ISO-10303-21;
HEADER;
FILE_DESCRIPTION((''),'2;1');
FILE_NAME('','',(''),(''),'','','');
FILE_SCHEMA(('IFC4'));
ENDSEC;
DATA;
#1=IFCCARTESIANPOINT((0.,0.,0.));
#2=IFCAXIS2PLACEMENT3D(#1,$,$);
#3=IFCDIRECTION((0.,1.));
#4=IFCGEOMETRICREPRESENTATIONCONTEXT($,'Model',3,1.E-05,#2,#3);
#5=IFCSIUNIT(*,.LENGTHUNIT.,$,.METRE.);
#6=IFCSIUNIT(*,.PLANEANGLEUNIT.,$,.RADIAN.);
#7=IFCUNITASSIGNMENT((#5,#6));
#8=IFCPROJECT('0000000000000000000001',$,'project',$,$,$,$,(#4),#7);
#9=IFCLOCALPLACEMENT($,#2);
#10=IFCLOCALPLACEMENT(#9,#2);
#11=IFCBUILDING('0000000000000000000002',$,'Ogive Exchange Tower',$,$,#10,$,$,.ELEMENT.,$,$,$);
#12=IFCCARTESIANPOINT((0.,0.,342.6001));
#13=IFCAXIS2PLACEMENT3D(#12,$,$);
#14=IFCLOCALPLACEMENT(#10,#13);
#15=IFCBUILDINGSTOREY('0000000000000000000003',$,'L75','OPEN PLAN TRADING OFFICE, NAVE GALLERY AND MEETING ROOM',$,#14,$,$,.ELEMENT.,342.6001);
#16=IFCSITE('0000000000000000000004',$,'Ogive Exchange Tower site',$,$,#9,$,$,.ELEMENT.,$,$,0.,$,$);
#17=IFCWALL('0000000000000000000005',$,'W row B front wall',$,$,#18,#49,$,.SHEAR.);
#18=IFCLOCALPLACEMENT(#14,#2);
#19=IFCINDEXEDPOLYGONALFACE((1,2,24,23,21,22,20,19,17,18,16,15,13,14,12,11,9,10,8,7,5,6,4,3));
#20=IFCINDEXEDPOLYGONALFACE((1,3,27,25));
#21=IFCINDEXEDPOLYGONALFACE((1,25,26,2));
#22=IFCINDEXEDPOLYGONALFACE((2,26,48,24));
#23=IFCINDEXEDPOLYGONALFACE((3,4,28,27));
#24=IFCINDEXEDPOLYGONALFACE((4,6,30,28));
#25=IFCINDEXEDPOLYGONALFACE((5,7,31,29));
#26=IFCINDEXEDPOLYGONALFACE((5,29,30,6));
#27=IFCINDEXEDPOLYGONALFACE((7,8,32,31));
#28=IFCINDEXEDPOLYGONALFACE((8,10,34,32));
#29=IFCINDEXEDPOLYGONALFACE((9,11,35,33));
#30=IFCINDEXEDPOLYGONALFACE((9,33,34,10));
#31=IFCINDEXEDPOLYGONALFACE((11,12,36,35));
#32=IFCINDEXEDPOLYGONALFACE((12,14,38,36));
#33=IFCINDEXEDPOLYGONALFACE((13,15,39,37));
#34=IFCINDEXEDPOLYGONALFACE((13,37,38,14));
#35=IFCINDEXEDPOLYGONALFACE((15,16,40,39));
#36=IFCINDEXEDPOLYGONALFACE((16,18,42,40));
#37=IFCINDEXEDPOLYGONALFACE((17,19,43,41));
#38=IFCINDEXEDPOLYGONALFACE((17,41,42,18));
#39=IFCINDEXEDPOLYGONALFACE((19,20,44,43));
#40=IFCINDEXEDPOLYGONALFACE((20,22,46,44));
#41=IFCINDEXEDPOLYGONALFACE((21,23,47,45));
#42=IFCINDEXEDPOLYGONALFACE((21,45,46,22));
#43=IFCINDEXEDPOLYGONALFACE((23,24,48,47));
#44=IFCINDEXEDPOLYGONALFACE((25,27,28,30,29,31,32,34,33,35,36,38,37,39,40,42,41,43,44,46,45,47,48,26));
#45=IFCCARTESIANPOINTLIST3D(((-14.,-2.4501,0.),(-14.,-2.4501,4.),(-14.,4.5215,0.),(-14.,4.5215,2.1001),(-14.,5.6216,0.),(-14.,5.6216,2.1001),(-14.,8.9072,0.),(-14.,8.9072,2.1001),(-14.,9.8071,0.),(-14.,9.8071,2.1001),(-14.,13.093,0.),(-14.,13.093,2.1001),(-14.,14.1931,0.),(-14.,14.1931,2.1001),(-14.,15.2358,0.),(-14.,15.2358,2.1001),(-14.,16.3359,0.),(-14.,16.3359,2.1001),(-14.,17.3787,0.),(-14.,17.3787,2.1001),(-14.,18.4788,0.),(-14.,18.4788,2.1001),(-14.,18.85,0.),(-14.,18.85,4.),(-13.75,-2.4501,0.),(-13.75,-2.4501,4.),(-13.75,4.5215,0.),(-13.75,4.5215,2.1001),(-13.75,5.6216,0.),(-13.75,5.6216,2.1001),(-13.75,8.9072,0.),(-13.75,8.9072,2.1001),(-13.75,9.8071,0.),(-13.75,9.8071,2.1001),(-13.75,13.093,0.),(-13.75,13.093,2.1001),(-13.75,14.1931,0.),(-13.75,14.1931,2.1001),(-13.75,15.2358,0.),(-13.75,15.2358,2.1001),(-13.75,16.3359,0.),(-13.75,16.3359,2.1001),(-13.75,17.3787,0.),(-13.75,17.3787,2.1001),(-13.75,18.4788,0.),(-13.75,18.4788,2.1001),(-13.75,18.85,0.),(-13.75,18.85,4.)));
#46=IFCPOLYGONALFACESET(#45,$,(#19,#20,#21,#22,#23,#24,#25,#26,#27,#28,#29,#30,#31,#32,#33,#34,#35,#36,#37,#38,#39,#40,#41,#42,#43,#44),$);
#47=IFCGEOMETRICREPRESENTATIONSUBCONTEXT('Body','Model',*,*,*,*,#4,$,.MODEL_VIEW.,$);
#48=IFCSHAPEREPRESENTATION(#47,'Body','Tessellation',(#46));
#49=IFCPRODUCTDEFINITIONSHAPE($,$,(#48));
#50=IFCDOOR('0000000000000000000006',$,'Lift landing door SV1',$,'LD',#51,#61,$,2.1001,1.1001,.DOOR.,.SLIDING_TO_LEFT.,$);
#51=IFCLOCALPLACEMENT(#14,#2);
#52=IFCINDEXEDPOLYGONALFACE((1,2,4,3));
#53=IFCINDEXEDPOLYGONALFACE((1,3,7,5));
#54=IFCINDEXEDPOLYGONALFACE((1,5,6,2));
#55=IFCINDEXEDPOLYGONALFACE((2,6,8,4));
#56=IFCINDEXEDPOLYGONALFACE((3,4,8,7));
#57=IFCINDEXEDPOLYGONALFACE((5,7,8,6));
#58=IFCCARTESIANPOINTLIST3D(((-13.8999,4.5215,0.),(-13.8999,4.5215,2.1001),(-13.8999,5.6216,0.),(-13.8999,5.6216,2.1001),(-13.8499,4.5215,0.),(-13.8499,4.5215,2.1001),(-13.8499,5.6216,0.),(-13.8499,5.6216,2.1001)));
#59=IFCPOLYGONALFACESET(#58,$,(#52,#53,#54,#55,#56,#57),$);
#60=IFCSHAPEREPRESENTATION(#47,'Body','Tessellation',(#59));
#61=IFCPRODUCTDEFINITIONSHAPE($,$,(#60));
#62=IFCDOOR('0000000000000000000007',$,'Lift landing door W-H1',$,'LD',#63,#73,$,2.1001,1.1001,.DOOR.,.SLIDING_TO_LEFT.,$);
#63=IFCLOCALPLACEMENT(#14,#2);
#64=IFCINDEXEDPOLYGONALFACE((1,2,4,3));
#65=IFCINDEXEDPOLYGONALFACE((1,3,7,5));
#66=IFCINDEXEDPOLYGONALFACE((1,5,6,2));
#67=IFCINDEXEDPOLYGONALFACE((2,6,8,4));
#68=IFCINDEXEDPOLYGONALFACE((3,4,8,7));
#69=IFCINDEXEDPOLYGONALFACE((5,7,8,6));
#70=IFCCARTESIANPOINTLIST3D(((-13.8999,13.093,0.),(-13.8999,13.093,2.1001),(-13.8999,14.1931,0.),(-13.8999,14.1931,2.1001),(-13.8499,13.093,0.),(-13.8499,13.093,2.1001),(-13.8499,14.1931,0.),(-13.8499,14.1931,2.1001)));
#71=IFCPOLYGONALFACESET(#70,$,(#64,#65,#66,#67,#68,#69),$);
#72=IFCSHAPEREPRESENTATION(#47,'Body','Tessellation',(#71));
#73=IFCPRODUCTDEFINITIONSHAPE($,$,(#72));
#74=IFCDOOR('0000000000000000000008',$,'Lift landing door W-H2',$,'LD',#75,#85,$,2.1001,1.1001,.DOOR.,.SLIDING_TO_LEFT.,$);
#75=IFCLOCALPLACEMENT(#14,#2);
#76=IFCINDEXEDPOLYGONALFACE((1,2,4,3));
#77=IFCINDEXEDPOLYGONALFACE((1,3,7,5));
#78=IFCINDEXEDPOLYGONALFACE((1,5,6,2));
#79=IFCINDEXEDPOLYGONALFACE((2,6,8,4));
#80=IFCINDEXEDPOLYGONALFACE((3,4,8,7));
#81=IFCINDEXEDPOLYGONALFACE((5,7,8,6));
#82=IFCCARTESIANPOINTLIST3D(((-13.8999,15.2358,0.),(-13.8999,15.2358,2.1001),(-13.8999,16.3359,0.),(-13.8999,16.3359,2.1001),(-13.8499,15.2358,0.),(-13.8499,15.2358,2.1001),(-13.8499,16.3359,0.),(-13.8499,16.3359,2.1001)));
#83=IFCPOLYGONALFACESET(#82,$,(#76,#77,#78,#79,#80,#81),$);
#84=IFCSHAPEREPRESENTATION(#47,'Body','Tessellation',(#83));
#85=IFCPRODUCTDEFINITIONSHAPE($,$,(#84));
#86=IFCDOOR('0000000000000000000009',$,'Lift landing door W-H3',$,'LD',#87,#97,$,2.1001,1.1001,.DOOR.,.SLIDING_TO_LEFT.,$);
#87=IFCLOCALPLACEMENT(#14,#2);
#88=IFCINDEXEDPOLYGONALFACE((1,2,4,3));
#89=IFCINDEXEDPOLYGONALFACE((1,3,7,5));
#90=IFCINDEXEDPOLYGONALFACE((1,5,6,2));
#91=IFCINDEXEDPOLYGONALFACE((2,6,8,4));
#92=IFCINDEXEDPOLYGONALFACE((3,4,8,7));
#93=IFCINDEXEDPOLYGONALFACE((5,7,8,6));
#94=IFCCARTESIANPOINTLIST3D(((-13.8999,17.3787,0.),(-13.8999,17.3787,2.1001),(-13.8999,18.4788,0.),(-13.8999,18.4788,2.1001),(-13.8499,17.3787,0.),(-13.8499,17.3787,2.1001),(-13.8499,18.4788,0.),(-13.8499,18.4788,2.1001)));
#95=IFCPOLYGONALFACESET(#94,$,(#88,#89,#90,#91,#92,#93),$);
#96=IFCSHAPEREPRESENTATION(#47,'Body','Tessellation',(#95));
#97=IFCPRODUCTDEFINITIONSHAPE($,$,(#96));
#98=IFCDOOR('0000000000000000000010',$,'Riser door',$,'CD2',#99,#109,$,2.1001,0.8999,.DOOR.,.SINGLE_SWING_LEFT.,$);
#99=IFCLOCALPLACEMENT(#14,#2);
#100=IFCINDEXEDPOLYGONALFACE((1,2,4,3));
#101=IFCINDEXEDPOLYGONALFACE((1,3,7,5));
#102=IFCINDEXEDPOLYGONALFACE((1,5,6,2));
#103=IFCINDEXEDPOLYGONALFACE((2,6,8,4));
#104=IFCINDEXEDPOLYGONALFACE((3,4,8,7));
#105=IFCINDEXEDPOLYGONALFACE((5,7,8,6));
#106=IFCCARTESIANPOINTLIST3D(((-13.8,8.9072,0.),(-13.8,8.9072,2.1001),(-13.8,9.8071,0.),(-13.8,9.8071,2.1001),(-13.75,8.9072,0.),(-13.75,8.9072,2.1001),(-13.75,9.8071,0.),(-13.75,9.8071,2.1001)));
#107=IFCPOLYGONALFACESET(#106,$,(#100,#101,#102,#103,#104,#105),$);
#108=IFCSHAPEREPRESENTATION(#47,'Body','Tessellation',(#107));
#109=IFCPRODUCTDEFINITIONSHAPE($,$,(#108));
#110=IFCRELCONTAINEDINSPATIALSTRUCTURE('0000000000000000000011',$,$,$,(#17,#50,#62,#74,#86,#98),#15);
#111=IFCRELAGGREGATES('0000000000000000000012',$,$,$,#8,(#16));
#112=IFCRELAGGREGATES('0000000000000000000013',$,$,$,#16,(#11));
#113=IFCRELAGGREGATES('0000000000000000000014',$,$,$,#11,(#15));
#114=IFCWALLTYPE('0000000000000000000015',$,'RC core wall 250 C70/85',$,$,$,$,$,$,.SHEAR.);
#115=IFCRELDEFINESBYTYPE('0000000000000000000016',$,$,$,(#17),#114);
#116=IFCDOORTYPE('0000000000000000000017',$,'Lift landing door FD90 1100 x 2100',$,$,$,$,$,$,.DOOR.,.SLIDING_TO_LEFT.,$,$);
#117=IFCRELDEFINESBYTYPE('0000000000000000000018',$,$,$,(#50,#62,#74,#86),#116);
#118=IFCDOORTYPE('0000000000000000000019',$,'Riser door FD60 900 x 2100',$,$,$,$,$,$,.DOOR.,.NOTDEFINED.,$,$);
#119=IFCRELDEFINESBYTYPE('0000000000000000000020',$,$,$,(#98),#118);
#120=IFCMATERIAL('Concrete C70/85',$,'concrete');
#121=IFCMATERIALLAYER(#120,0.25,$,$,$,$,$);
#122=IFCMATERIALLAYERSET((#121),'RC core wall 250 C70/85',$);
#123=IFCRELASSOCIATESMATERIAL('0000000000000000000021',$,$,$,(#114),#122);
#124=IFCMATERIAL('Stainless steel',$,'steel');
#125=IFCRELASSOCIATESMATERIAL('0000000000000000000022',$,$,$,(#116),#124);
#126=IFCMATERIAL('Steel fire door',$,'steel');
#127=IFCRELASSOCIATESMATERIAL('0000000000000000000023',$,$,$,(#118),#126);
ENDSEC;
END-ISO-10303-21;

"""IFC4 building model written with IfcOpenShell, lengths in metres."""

from ifc_helpers import new_model, si_unit, direction, frame, frame_2d, origin, place, context, subcontext, project, spatial, rectangle, extrude, material, layer, layer_set, type_object, element, fill, save


model = new_model("IFC4")

# Units and contexts
model_context = context("Model", 3, precision=1e-05, world=origin(), true_north=direction((0.0, 1.0)))
body_context = subcontext(model_context, "Body", "Model", "MODEL_VIEW")
ifc_project = project(units=[si_unit("LENGTHUNIT", "METRE"), si_unit("PLANEANGLEUNIT", "RADIAN")], contexts=[model_context])

# Site, building, storey
site_placement = place(None, origin())
site = spatial("IfcSite", under=ifc_project, at=site_placement, Name="Ogive Exchange Tower site", CompositionType="ELEMENT", RefElevation=0.0)
building_placement = place(site_placement, origin())
building = spatial("IfcBuilding", under=site, at=building_placement, Name="Ogive Exchange Tower", CompositionType="ELEMENT")
storey_placement = place(building_placement, frame((0.0, 0.0, 342.6001)))
storey = spatial("IfcBuildingStorey", under=building, at=storey_placement, Name="L75", Description="OPEN PLAN TRADING OFFICE, NAVE GALLERY AND MEETING ROOM", CompositionType="ELEMENT", Elevation=342.6001)

# Shared definitions
ifc_material_1 = material(Name="Concrete C70/85", Category="concrete")
ifc_layer_1 = layer(ifc_material_1, 0.25)
ifc_layer_set_1 = layer_set([ifc_layer_1], Name="RC core wall 250 C70/85")
wall_type_1 = type_object("IfcWallType", Name="RC core wall 250 C70/85", PredefinedType="SHEAR", material=ifc_layer_set_1)
ifc_material_2 = material(Name="Steel fire door", Category="steel")

# Wall, openings, doors
wall_1_placement = place(storey_placement, frame((-13.875, -2.45, 0.0), z_axis=(0.0, 0.0, 1.0), x_axis=(0.0, 1.0, 0.0)))
wall_1 = element("IfcWall", 1, at=wall_1_placement, inside=storey, type_object=wall_type_1, Name="W row B front wall", PredefinedType="SHEAR", context=body_context, shape_type="SweptSolid", body=[
    extrude(rectangle(XDim=21.3, YDim=0.25, at=frame_2d((10.6499, 0.0))), origin(), (0.0, 0.0, 1.0), 4.0),
])
opening_1_placement = place(wall_1_placement, frame((11.3572, 0.0, 0.0)))
opening_1 = element("IfcOpeningElement", 2, at=opening_1_placement, cuts=wall_1, PredefinedType="OPENING", context=body_context, shape_type="SweptSolid", body=[
    extrude(rectangle(XDim=0.8999, YDim=2.1001, at=frame_2d((0.45, 1.05))), frame((0.0, 0.135, 0.0), z_axis=(0.0, -1.0, 0.0), x_axis=(1.0, 0.0, 0.0)), (0.0, 0.0, 1.0), 0.27),
])
opening_2_placement = place(wall_1_placement, frame((6.9714, 0.0, 0.0)))
opening_2 = element("IfcOpeningElement", 3, at=opening_2_placement, cuts=wall_1, PredefinedType="OPENING", context=body_context, shape_type="SweptSolid", body=[
    extrude(rectangle(XDim=1.1001, YDim=2.1001, at=frame_2d((0.55, 1.05))), frame((0.0, 0.135, 0.0), z_axis=(0.0, -1.0, 0.0), x_axis=(1.0, 0.0, 0.0)), (0.0, 0.0, 1.0), 0.27),
])
opening_3_placement = place(wall_1_placement, frame((15.543, 0.0, 0.0)))
opening_3 = element("IfcOpeningElement", 4, at=opening_3_placement, cuts=wall_1, PredefinedType="OPENING", context=body_context, shape_type="SweptSolid", body=[
    extrude(rectangle(XDim=1.1001, YDim=2.1001, at=frame_2d((0.55, 1.05))), frame((0.0, 0.135, 0.0), z_axis=(0.0, -1.0, 0.0), x_axis=(1.0, 0.0, 0.0)), (0.0, 0.0, 1.0), 0.27),
])
opening_4_placement = place(wall_1_placement, frame((17.6858, 0.0, 0.0)))
opening_4 = element("IfcOpeningElement", 5, at=opening_4_placement, cuts=wall_1, PredefinedType="OPENING", context=body_context, shape_type="SweptSolid", body=[
    extrude(rectangle(XDim=1.1001, YDim=2.1001, at=frame_2d((0.55, 1.05))), frame((0.0, 0.135, 0.0), z_axis=(0.0, -1.0, 0.0), x_axis=(1.0, 0.0, 0.0)), (0.0, 0.0, 1.0), 0.27),
])
opening_5_placement = place(wall_1_placement, frame((19.8286, 0.0, 0.0)))
opening_5 = element("IfcOpeningElement", 6, at=opening_5_placement, cuts=wall_1, PredefinedType="OPENING", context=body_context, shape_type="SweptSolid", body=[
    extrude(rectangle(XDim=1.1001, YDim=2.1001, at=frame_2d((0.55, 1.05))), frame((0.0, 0.135, 0.0), z_axis=(0.0, -1.0, 0.0), x_axis=(1.0, 0.0, 0.0)), (0.0, 0.0, 1.0), 0.27),
])
ifc_material_3 = material(Name="Stainless steel", Category="steel")
door_type_1 = type_object("IfcDoorType", Name="Lift landing door FD90 1100 x 2100", OperationType="SLIDING_TO_LEFT", PredefinedType="DOOR", material=ifc_material_3)
door_1_placement = place(opening_2_placement, origin())
door_1 = element("IfcDoor", 7, at=door_1_placement, inside=storey, type_object=door_type_1, Name="Lift landing door SV1", ObjectType="LD", OperationType="SLIDING_TO_LEFT", OverallHeight=2.1001, OverallWidth=1.1001, PredefinedType="DOOR", context=body_context, shape_type="SweptSolid", body=[
    extrude(rectangle(XDim=1.1001, YDim=2.1001, at=frame_2d((0.55, 1.05))), frame((0.0, 0.0249, 0.0), z_axis=(0.0, -1.0, 0.0), x_axis=(1.0, 0.0, 0.0)), (0.0, 0.0, 1.0), 0.05),
])
fill(opening_2, door_1)
door_2_placement = place(opening_3_placement, origin())
door_2 = element("IfcDoor", 8, at=door_2_placement, inside=storey, type_object=door_type_1, Name="Lift landing door W-H1", ObjectType="LD", OperationType="SLIDING_TO_LEFT", OverallHeight=2.1001, OverallWidth=1.1001, PredefinedType="DOOR", context=body_context, shape_type="SweptSolid", body=[
    extrude(rectangle(XDim=1.1001, YDim=2.1001, at=frame_2d((0.55, 1.05))), frame((0.0, 0.0249, 0.0), z_axis=(0.0, -1.0, 0.0), x_axis=(1.0, 0.0, 0.0)), (0.0, 0.0, 1.0), 0.05),
])
fill(opening_3, door_2)
door_3_placement = place(opening_4_placement, origin())
door_3 = element("IfcDoor", 9, at=door_3_placement, inside=storey, type_object=door_type_1, Name="Lift landing door W-H2", ObjectType="LD", OperationType="SLIDING_TO_LEFT", OverallHeight=2.1001, OverallWidth=1.1001, PredefinedType="DOOR", context=body_context, shape_type="SweptSolid", body=[
    extrude(rectangle(XDim=1.1001, YDim=2.1001, at=frame_2d((0.55, 1.05))), frame((0.0, 0.0249, 0.0), z_axis=(0.0, -1.0, 0.0), x_axis=(1.0, 0.0, 0.0)), (0.0, 0.0, 1.0), 0.05),
])
fill(opening_4, door_3)
door_4_placement = place(opening_5_placement, origin())
door_4 = element("IfcDoor", 10, at=door_4_placement, inside=storey, type_object=door_type_1, Name="Lift landing door W-H3", ObjectType="LD", OperationType="SLIDING_TO_LEFT", OverallHeight=2.1001, OverallWidth=1.1001, PredefinedType="DOOR", context=body_context, shape_type="SweptSolid", body=[
    extrude(rectangle(XDim=1.1001, YDim=2.1001, at=frame_2d((0.55, 1.05))), frame((0.0, 0.0249, 0.0), z_axis=(0.0, -1.0, 0.0), x_axis=(1.0, 0.0, 0.0)), (0.0, 0.0, 1.0), 0.05),
])
fill(opening_5, door_4)
door_type_2 = type_object("IfcDoorType", Name="Riser door FD60 900 x 2100", OperationType="NOTDEFINED", PredefinedType="DOOR", material=ifc_material_2)
door_5_placement = place(opening_1_placement, frame((0.8999, -0.2002, 0.0), z_axis=(0.0, 0.0, 1.0), x_axis=(-1.0, 0.0, 0.0)))
door_5 = element("IfcDoor", 11, at=door_5_placement, inside=storey, type_object=door_type_2, Name="Riser door", ObjectType="CD2", OperationType="SINGLE_SWING_LEFT", OverallHeight=2.1001, OverallWidth=0.8999, PredefinedType="DOOR", context=body_context, shape_type="SweptSolid", body=[
    extrude(rectangle(XDim=0.8999, YDim=2.1001, at=frame_2d((0.45, 1.05))), frame((0.0, -0.0752, 0.0), z_axis=(0.0, -1.0, 0.0), x_axis=(1.0, 0.0, 0.0)), (0.0, 0.0, 1.0), 0.05),
])
fill(opening_1, door_5)

save(model, "model.ifc")
